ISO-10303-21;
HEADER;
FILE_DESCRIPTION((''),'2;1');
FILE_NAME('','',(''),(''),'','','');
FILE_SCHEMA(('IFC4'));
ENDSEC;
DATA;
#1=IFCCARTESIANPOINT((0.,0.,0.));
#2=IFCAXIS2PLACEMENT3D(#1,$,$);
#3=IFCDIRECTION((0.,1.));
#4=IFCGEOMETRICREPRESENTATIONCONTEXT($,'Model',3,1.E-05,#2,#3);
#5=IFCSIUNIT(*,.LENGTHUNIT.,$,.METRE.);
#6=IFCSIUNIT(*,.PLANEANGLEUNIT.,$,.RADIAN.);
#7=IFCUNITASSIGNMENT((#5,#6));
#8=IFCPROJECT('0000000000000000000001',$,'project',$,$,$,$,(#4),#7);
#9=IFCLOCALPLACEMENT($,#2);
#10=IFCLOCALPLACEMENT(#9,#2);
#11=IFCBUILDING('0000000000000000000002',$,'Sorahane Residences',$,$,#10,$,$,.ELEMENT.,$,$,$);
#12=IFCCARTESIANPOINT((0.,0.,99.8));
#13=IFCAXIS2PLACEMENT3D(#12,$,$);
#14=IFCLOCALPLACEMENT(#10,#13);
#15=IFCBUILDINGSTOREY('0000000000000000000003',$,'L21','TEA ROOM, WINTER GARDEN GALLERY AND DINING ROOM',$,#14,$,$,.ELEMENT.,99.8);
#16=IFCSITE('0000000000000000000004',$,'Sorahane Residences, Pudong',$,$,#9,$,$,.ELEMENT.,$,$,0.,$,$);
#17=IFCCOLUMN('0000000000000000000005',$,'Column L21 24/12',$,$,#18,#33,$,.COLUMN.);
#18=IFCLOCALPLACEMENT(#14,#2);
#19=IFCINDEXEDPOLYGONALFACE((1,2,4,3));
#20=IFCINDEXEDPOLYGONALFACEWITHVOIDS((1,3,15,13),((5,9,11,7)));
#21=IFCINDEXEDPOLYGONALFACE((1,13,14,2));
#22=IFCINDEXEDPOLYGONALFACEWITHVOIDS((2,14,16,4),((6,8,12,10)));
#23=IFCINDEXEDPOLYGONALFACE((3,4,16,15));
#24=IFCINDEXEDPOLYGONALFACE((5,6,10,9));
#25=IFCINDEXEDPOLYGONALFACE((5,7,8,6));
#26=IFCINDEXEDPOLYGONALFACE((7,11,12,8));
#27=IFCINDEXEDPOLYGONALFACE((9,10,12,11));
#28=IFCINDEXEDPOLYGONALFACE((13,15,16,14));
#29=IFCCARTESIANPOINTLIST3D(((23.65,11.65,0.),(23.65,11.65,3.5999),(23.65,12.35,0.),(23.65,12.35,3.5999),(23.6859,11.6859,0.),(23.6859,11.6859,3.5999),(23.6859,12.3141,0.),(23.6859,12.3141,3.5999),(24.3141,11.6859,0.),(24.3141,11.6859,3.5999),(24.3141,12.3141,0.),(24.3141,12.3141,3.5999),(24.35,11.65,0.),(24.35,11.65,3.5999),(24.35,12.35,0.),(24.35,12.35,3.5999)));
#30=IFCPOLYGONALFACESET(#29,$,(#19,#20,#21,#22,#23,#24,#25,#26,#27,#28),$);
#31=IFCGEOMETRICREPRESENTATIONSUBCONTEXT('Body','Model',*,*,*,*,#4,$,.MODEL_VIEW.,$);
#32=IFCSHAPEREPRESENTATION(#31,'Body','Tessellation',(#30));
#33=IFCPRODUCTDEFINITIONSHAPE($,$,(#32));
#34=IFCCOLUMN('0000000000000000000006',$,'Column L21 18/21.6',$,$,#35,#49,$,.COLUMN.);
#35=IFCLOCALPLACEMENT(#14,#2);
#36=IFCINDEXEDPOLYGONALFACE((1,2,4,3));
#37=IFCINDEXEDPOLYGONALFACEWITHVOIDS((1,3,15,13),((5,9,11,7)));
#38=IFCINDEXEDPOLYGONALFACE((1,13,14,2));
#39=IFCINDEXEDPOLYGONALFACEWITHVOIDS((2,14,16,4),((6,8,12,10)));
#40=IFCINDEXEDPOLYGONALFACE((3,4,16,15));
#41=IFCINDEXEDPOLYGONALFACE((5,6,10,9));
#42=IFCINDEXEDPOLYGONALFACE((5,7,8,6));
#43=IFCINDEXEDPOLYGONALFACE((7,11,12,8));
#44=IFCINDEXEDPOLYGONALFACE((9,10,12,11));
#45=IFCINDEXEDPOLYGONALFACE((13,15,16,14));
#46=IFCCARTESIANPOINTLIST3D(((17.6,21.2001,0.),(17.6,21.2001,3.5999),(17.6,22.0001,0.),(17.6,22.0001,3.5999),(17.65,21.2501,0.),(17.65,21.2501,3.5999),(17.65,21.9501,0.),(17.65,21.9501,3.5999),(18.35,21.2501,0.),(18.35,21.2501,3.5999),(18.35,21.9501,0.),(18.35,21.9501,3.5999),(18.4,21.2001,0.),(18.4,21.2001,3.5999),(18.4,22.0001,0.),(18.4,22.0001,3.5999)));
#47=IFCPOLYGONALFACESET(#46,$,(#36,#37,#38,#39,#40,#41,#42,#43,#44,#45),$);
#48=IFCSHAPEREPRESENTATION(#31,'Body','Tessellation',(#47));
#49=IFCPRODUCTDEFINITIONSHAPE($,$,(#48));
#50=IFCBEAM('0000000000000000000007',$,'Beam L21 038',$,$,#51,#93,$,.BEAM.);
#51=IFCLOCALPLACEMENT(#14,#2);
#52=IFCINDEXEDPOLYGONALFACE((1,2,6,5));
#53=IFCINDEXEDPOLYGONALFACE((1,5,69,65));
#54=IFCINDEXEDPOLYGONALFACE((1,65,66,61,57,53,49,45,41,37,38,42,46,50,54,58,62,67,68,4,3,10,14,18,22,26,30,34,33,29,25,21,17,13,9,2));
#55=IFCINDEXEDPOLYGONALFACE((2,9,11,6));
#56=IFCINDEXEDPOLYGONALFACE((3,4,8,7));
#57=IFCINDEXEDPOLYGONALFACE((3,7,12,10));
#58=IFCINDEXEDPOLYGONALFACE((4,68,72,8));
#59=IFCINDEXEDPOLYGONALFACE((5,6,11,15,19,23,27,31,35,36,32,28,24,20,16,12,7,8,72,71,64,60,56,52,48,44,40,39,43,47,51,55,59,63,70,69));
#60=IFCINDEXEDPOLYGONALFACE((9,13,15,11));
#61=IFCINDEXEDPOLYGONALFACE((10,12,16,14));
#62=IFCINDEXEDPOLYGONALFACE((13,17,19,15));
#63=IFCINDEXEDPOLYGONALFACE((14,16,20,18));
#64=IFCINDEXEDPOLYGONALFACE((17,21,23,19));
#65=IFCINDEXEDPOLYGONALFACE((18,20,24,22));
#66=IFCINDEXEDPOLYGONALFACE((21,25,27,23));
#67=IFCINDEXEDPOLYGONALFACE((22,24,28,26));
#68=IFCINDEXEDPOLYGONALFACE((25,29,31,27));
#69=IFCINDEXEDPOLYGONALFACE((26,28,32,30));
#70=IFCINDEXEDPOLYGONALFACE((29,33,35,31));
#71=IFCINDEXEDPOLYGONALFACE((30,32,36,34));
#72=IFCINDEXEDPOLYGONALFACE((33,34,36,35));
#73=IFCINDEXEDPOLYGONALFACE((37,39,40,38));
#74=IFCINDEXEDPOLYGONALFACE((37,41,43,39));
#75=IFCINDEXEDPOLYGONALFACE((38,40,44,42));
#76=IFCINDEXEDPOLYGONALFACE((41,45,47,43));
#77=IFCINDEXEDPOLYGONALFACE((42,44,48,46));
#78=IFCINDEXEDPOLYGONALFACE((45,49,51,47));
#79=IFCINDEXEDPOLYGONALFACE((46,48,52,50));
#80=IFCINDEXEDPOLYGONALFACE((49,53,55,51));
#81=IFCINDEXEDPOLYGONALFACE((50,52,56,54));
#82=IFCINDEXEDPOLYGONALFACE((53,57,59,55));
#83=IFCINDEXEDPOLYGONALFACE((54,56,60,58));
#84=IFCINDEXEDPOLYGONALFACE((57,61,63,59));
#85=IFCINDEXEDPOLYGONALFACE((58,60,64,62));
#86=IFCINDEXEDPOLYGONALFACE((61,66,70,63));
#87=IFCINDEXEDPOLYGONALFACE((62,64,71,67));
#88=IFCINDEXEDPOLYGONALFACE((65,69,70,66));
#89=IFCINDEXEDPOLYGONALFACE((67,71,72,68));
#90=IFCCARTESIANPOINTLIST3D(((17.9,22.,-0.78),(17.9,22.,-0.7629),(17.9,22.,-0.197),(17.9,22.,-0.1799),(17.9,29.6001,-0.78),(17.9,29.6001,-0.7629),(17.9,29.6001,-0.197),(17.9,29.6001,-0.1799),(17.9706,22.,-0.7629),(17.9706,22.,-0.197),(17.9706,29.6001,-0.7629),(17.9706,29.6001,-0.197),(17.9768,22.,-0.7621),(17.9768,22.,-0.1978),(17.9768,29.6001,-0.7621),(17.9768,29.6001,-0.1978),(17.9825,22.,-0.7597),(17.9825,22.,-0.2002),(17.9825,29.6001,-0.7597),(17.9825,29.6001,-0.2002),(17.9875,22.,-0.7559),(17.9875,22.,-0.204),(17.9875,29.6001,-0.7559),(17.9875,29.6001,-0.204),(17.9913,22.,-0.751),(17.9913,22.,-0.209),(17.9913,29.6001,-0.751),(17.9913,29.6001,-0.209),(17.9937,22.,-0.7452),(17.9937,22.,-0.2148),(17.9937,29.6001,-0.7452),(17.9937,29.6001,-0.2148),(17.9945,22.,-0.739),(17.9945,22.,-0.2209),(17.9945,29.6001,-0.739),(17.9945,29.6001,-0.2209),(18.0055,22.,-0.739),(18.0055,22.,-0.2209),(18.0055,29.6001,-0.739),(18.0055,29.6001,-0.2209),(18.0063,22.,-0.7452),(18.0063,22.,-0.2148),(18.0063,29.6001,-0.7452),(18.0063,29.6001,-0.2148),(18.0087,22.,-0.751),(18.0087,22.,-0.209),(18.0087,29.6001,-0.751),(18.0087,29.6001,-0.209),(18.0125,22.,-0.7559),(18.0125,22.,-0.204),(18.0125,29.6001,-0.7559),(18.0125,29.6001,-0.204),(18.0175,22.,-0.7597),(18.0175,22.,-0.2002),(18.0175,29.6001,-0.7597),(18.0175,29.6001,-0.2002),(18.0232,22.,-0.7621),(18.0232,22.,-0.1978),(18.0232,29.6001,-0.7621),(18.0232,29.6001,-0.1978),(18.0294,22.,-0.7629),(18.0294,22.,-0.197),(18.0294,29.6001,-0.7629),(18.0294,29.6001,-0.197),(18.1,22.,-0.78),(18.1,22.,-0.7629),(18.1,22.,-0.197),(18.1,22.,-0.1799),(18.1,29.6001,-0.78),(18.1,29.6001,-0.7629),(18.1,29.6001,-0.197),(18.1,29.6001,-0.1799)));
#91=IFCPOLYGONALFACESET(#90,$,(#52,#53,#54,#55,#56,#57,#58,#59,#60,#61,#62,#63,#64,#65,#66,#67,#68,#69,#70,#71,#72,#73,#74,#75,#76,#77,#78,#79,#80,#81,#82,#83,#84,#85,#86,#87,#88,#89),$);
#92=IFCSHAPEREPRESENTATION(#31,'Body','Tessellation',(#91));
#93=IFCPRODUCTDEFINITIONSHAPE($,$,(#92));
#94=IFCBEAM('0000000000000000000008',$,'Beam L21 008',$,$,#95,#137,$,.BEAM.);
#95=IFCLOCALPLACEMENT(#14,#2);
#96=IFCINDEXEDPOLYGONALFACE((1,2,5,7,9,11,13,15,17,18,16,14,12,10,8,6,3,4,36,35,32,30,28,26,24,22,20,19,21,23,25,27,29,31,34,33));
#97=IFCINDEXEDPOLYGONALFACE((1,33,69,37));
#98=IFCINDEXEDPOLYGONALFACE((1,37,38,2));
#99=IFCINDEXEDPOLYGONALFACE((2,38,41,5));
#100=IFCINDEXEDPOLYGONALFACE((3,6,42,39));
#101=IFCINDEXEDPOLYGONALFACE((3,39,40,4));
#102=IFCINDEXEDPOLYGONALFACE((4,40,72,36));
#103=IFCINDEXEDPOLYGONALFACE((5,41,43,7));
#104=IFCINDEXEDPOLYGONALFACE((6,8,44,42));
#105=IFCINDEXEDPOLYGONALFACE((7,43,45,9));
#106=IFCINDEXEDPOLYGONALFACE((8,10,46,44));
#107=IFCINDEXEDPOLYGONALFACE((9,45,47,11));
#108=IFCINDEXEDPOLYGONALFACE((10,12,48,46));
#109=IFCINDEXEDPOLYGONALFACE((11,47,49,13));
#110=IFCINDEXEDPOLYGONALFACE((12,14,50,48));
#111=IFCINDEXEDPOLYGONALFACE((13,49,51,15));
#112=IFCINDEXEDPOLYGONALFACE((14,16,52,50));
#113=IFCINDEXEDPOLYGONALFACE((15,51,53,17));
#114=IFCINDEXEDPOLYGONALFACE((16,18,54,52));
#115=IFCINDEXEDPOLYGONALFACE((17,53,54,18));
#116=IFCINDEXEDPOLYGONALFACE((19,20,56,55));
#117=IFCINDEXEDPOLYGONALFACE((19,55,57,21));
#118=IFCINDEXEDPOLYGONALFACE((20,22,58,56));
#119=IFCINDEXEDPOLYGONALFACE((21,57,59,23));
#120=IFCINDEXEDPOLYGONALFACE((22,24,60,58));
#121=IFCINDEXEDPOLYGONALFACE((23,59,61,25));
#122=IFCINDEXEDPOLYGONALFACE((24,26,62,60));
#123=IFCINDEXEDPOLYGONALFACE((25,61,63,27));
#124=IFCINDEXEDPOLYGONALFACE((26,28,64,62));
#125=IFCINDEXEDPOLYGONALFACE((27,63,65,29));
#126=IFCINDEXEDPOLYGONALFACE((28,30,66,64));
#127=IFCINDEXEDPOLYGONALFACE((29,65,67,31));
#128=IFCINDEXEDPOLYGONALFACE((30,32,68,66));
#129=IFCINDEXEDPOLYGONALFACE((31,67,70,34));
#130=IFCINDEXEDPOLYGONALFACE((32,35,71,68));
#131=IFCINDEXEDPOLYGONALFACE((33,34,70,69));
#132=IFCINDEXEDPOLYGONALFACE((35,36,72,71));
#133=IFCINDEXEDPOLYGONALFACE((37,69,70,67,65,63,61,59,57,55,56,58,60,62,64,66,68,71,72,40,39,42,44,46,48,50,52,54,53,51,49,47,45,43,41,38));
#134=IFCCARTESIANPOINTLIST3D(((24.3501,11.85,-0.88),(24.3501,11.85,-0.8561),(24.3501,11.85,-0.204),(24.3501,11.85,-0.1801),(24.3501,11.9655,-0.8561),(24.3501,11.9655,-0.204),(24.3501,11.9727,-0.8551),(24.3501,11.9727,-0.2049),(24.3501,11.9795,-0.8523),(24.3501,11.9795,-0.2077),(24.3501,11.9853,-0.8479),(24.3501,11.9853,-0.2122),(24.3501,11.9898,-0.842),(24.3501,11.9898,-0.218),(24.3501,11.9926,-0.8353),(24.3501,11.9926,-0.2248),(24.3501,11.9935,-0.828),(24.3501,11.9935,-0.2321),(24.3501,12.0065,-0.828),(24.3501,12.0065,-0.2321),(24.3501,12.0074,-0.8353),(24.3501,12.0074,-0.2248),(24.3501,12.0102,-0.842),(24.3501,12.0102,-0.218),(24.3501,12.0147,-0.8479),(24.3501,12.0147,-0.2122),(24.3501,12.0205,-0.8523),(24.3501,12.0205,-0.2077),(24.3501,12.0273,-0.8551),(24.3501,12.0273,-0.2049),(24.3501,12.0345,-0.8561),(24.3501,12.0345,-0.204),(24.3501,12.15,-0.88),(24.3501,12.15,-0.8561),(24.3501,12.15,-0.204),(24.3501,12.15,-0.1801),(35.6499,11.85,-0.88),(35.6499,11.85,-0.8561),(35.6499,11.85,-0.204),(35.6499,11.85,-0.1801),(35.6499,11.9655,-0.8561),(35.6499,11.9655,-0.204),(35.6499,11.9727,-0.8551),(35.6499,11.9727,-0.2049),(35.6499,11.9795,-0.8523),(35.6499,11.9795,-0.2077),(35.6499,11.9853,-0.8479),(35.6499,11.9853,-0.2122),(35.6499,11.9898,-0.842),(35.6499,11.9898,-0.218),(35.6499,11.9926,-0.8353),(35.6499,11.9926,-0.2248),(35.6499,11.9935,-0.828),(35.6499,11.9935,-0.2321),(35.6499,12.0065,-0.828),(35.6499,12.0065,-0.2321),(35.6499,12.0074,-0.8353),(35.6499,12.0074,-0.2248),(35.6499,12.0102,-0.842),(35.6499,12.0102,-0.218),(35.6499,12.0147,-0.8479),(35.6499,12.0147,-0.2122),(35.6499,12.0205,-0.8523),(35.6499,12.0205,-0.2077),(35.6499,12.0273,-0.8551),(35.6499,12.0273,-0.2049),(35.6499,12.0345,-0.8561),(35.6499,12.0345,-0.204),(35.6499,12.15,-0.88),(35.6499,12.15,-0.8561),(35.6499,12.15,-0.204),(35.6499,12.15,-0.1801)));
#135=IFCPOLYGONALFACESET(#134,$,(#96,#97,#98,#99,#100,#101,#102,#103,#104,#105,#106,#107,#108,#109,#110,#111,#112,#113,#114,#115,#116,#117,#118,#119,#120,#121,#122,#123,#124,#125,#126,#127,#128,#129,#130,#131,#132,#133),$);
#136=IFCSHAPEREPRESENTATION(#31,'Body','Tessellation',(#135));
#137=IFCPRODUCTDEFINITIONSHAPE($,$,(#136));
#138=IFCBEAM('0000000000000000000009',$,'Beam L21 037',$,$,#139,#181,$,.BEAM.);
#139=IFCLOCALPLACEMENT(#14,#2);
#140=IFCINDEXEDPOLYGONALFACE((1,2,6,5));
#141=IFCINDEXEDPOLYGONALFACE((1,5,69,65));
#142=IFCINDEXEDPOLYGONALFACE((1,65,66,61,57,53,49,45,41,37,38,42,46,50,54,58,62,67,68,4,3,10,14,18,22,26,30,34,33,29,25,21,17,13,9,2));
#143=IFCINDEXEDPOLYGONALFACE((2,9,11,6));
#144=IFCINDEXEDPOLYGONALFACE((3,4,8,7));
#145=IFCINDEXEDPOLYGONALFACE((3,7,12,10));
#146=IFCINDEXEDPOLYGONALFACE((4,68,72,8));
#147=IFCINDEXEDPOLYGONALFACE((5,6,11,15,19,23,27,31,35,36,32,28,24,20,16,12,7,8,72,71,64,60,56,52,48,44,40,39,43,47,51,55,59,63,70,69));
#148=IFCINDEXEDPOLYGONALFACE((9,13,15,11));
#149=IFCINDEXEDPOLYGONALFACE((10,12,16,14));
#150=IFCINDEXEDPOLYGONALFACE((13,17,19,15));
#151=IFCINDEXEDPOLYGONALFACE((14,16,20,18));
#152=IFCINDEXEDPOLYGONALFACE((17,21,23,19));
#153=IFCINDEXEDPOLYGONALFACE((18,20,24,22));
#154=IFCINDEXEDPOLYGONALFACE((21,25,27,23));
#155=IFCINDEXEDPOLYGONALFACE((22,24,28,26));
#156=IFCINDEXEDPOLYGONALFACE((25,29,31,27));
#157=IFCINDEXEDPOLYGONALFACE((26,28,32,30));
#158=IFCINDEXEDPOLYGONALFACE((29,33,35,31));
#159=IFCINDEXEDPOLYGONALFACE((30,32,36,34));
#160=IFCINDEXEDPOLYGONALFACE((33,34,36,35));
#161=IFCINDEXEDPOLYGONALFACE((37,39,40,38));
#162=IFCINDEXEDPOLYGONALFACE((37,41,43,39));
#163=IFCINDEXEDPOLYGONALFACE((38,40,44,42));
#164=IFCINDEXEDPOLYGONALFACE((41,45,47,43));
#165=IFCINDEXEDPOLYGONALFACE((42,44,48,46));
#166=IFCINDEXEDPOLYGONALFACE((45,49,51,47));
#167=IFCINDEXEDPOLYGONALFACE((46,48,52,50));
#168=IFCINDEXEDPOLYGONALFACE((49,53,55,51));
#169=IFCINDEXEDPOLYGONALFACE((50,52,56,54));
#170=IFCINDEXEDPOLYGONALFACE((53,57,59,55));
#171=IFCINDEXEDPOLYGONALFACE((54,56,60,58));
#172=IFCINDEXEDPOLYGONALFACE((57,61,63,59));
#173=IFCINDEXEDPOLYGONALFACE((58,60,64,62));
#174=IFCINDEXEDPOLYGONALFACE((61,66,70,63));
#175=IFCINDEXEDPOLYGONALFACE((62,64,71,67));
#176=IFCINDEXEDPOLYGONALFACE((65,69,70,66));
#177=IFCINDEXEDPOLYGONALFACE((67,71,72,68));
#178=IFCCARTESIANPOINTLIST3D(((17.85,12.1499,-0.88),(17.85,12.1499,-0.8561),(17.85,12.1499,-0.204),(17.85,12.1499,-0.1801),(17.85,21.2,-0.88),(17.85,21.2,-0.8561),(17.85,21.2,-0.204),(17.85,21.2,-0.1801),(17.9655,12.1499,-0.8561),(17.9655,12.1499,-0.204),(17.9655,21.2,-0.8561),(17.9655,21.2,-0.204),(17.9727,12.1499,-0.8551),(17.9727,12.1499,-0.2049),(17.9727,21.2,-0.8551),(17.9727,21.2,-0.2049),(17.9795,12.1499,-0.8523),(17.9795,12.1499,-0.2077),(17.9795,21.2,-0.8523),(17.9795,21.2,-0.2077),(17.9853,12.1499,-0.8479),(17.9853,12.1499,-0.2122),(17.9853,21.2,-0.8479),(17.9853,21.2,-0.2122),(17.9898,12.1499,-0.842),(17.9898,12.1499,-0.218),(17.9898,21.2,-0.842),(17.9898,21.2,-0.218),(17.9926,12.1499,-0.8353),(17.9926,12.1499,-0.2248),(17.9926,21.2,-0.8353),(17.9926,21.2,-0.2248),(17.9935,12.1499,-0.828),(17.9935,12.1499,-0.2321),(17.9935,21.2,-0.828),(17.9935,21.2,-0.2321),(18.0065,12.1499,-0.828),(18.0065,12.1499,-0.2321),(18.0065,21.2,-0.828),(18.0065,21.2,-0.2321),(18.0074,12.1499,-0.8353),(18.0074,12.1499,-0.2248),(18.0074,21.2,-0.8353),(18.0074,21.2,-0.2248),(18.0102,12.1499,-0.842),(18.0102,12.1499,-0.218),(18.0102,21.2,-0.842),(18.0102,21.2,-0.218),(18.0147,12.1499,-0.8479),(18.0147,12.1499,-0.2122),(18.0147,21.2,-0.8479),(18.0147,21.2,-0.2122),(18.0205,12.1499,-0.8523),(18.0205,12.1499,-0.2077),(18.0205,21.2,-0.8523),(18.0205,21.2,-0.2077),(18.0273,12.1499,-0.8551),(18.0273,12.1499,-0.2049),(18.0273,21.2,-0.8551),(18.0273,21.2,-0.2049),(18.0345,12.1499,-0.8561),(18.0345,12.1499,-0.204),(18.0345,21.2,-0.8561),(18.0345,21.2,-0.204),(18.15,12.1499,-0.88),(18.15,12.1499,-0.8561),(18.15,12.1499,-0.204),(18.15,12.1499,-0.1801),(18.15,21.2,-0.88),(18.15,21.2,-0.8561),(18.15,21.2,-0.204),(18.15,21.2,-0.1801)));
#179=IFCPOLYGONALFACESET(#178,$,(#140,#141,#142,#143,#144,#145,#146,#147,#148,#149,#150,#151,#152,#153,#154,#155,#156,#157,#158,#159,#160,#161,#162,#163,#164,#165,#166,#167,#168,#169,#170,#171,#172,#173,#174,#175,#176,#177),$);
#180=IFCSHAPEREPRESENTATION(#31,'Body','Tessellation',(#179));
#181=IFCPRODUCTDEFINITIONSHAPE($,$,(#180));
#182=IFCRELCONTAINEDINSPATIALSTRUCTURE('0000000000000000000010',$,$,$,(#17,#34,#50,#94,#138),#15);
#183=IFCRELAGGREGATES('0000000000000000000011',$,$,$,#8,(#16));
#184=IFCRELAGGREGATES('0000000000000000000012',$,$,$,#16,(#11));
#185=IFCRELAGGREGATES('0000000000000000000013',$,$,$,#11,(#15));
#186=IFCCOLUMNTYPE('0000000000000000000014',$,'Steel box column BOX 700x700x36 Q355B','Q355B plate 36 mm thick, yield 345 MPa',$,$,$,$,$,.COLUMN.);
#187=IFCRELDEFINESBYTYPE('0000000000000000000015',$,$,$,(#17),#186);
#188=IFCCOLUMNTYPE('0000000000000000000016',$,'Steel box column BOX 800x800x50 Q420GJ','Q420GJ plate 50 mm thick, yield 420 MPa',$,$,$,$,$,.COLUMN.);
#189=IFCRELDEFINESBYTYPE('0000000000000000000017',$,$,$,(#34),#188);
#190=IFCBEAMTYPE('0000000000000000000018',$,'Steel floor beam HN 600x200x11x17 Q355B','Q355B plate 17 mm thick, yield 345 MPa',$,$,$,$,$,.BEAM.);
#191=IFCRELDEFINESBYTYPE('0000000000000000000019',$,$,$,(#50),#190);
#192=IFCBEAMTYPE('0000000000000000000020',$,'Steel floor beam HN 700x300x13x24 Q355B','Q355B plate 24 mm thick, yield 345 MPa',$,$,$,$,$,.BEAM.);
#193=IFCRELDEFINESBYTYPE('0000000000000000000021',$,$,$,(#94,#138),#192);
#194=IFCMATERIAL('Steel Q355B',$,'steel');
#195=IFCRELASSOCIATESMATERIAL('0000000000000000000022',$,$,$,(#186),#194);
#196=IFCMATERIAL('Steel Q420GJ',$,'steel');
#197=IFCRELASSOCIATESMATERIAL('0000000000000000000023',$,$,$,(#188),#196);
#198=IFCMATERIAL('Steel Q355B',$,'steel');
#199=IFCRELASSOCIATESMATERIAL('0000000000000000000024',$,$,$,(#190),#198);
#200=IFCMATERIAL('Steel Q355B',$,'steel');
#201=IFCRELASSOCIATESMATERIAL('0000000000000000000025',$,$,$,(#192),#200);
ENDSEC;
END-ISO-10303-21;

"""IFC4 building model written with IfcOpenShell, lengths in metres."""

from ifc_helpers import new_model, si_unit, direction, frame, origin, origin_2d, place, context, subcontext, project, spatial, hollow_rectangle, i_section, extrude, material, material_profile, profile_set, type_object, element, save


model = new_model("IFC4")

# Units and contexts
model_context = context("Model", 3, precision=1e-05, world=origin(), true_north=direction((0.0, 1.0)))
body_context = subcontext(model_context, "Body", "Model", "MODEL_VIEW")
ifc_project = project(units=[si_unit("LENGTHUNIT", "METRE"), si_unit("PLANEANGLEUNIT", "RADIAN")], contexts=[model_context])

# Site, building, storey
site_placement = place(None, origin())
site = spatial("IfcSite", under=ifc_project, at=site_placement, Name="Sorahane Residences, Pudong", CompositionType="ELEMENT", RefElevation=0.0)
building_placement = place(site_placement, origin())
building = spatial("IfcBuilding", under=site, at=building_placement, Name="Sorahane Residences", CompositionType="ELEMENT")
storey_placement = place(building_placement, frame((0.0, 0.0, 99.8)))
storey = spatial("IfcBuildingStorey", under=building, at=storey_placement, Name="L21", Description="TEA ROOM, WINTER GARDEN GALLERY AND DINING ROOM", CompositionType="ELEMENT", Elevation=99.8)

# Columns
ifc_material_1 = material(Name="Steel Q355B", Category="steel")
ifc_material_profile_1 = material_profile(ifc_material_1, hollow_rectangle(XDim=0.7, YDim=0.7, WallThickness=0.0359, at=origin_2d()), Name="BOX 700x700x36")
ifc_profile_set_1 = profile_set([ifc_material_profile_1], Name="Steel Q355B")
column_type_1 = type_object("IfcColumnType", Name="Steel box column BOX 700x700x36 Q355B", Description="Q355B plate 36 mm thick, yield 345 MPa", PredefinedType="COLUMN", material=ifc_profile_set_1)
column_1_placement = place(storey_placement, frame((24.0, 12.0, 0.0), z_axis=(0.0, 0.0, 1.0), x_axis=(1.0, 0.0, 0.0)))
element("IfcColumn", 1, at=column_1_placement, inside=storey, type_object=column_type_1, Name="Column L21 24/12", PredefinedType="COLUMN", context=body_context, shape_type="SweptSolid", body=[
    extrude(hollow_rectangle(XDim=0.7, YDim=0.7, WallThickness=0.0359, at=origin_2d()), origin(), (0.0, 0.0, 1.0), 3.5999),
])
ifc_material_2 = material(Name="Steel Q420GJ", Category="steel")
ifc_material_profile_2 = material_profile(ifc_material_2, hollow_rectangle(XDim=0.8, YDim=0.8, WallThickness=0.05, at=origin_2d()), Name="BOX 800x800x50")
ifc_profile_set_2 = profile_set([ifc_material_profile_2], Name="Steel Q420GJ")
column_type_2 = type_object("IfcColumnType", Name="Steel box column BOX 800x800x50 Q420GJ", Description="Q420GJ plate 50 mm thick, yield 420 MPa", PredefinedType="COLUMN", material=ifc_profile_set_2)
column_2_placement = place(storey_placement, frame((18.0, 21.6001, 0.0), z_axis=(0.0, 0.0, 1.0), x_axis=(1.0, 0.0, 0.0)))
element("IfcColumn", 2, at=column_2_placement, inside=storey, type_object=column_type_2, Name="Column L21 18/21.6", PredefinedType="COLUMN", context=body_context, shape_type="SweptSolid", body=[
    extrude(hollow_rectangle(XDim=0.8, YDim=0.8, WallThickness=0.05, at=origin_2d()), origin(), (0.0, 0.0, 1.0), 3.5999),
])

# Beams
ifc_material_3 = material(Name="Steel Q355B", Category="steel")
ifc_material_profile_3 = material_profile(ifc_material_3, i_section(OverallWidth=0.2, OverallDepth=0.6001, WebThickness=0.011, FlangeThickness=0.0171, FilletRadius=0.0239, at=origin_2d()), Name="HN 600x200x11x17")
ifc_profile_set_3 = profile_set([ifc_material_profile_3], Name="Steel Q355B")
beam_type_1 = type_object("IfcBeamType", Name="Steel floor beam HN 600x200x11x17 Q355B", Description="Q355B plate 17 mm thick, yield 345 MPa", PredefinedType="BEAM", material=ifc_profile_set_3)
beam_1_placement = place(storey_placement, frame((18.0, 22.0, -0.48), z_axis=(0.0, 1.0, 0.0), x_axis=(-1.0, 0.0, 0.0)))
element("IfcBeam", 3, at=beam_1_placement, inside=storey, type_object=beam_type_1, Name="Beam L21 038", PredefinedType="BEAM", context=body_context, shape_type="SweptSolid", body=[
    extrude(i_section(OverallWidth=0.2, OverallDepth=0.6001, WebThickness=0.011, FlangeThickness=0.0171, FilletRadius=0.0239, at=origin_2d()), origin(), (0.0, 0.0, 1.0), 7.6001),
])
ifc_material_4 = material(Name="Steel Q355B", Category="steel")
ifc_material_profile_4 = material_profile(ifc_material_4, i_section(OverallWidth=0.3, OverallDepth=0.7, WebThickness=0.0129, FlangeThickness=0.0239, FilletRadius=0.0281, at=origin_2d()), Name="HN 700x300x13x24")
ifc_profile_set_4 = profile_set([ifc_material_profile_4], Name="Steel Q355B")
beam_type_2 = type_object("IfcBeamType", Name="Steel floor beam HN 700x300x13x24 Q355B", Description="Q355B plate 24 mm thick, yield 345 MPa", PredefinedType="BEAM", material=ifc_profile_set_4)
beam_2_placement = place(storey_placement, frame((24.3501, 12.0, -0.53), z_axis=(1.0, 0.0, 0.0), x_axis=(0.0, 1.0, 0.0)))
element("IfcBeam", 4, at=beam_2_placement, inside=storey, type_object=beam_type_2, Name="Beam L21 008", PredefinedType="BEAM", context=body_context, shape_type="SweptSolid", body=[
    extrude(i_section(OverallWidth=0.3, OverallDepth=0.7, WebThickness=0.0129, FlangeThickness=0.0239, FilletRadius=0.0281, at=origin_2d()), origin(), (0.0, 0.0, 1.0), 11.2998),
])
beam_3_placement = place(storey_placement, frame((18.0, 12.1499, -0.53), z_axis=(0.0, 1.0, 0.0), x_axis=(-1.0, 0.0, 0.0)))
element("IfcBeam", 5, at=beam_3_placement, inside=storey, type_object=beam_type_2, Name="Beam L21 037", PredefinedType="BEAM", context=body_context, shape_type="SweptSolid", body=[
    extrude(i_section(OverallWidth=0.3, OverallDepth=0.7, WebThickness=0.0129, FlangeThickness=0.0239, FilletRadius=0.0281, at=origin_2d()), origin(), (0.0, 0.0, 1.0), 9.05),
])

save(model, "model.ifc")
